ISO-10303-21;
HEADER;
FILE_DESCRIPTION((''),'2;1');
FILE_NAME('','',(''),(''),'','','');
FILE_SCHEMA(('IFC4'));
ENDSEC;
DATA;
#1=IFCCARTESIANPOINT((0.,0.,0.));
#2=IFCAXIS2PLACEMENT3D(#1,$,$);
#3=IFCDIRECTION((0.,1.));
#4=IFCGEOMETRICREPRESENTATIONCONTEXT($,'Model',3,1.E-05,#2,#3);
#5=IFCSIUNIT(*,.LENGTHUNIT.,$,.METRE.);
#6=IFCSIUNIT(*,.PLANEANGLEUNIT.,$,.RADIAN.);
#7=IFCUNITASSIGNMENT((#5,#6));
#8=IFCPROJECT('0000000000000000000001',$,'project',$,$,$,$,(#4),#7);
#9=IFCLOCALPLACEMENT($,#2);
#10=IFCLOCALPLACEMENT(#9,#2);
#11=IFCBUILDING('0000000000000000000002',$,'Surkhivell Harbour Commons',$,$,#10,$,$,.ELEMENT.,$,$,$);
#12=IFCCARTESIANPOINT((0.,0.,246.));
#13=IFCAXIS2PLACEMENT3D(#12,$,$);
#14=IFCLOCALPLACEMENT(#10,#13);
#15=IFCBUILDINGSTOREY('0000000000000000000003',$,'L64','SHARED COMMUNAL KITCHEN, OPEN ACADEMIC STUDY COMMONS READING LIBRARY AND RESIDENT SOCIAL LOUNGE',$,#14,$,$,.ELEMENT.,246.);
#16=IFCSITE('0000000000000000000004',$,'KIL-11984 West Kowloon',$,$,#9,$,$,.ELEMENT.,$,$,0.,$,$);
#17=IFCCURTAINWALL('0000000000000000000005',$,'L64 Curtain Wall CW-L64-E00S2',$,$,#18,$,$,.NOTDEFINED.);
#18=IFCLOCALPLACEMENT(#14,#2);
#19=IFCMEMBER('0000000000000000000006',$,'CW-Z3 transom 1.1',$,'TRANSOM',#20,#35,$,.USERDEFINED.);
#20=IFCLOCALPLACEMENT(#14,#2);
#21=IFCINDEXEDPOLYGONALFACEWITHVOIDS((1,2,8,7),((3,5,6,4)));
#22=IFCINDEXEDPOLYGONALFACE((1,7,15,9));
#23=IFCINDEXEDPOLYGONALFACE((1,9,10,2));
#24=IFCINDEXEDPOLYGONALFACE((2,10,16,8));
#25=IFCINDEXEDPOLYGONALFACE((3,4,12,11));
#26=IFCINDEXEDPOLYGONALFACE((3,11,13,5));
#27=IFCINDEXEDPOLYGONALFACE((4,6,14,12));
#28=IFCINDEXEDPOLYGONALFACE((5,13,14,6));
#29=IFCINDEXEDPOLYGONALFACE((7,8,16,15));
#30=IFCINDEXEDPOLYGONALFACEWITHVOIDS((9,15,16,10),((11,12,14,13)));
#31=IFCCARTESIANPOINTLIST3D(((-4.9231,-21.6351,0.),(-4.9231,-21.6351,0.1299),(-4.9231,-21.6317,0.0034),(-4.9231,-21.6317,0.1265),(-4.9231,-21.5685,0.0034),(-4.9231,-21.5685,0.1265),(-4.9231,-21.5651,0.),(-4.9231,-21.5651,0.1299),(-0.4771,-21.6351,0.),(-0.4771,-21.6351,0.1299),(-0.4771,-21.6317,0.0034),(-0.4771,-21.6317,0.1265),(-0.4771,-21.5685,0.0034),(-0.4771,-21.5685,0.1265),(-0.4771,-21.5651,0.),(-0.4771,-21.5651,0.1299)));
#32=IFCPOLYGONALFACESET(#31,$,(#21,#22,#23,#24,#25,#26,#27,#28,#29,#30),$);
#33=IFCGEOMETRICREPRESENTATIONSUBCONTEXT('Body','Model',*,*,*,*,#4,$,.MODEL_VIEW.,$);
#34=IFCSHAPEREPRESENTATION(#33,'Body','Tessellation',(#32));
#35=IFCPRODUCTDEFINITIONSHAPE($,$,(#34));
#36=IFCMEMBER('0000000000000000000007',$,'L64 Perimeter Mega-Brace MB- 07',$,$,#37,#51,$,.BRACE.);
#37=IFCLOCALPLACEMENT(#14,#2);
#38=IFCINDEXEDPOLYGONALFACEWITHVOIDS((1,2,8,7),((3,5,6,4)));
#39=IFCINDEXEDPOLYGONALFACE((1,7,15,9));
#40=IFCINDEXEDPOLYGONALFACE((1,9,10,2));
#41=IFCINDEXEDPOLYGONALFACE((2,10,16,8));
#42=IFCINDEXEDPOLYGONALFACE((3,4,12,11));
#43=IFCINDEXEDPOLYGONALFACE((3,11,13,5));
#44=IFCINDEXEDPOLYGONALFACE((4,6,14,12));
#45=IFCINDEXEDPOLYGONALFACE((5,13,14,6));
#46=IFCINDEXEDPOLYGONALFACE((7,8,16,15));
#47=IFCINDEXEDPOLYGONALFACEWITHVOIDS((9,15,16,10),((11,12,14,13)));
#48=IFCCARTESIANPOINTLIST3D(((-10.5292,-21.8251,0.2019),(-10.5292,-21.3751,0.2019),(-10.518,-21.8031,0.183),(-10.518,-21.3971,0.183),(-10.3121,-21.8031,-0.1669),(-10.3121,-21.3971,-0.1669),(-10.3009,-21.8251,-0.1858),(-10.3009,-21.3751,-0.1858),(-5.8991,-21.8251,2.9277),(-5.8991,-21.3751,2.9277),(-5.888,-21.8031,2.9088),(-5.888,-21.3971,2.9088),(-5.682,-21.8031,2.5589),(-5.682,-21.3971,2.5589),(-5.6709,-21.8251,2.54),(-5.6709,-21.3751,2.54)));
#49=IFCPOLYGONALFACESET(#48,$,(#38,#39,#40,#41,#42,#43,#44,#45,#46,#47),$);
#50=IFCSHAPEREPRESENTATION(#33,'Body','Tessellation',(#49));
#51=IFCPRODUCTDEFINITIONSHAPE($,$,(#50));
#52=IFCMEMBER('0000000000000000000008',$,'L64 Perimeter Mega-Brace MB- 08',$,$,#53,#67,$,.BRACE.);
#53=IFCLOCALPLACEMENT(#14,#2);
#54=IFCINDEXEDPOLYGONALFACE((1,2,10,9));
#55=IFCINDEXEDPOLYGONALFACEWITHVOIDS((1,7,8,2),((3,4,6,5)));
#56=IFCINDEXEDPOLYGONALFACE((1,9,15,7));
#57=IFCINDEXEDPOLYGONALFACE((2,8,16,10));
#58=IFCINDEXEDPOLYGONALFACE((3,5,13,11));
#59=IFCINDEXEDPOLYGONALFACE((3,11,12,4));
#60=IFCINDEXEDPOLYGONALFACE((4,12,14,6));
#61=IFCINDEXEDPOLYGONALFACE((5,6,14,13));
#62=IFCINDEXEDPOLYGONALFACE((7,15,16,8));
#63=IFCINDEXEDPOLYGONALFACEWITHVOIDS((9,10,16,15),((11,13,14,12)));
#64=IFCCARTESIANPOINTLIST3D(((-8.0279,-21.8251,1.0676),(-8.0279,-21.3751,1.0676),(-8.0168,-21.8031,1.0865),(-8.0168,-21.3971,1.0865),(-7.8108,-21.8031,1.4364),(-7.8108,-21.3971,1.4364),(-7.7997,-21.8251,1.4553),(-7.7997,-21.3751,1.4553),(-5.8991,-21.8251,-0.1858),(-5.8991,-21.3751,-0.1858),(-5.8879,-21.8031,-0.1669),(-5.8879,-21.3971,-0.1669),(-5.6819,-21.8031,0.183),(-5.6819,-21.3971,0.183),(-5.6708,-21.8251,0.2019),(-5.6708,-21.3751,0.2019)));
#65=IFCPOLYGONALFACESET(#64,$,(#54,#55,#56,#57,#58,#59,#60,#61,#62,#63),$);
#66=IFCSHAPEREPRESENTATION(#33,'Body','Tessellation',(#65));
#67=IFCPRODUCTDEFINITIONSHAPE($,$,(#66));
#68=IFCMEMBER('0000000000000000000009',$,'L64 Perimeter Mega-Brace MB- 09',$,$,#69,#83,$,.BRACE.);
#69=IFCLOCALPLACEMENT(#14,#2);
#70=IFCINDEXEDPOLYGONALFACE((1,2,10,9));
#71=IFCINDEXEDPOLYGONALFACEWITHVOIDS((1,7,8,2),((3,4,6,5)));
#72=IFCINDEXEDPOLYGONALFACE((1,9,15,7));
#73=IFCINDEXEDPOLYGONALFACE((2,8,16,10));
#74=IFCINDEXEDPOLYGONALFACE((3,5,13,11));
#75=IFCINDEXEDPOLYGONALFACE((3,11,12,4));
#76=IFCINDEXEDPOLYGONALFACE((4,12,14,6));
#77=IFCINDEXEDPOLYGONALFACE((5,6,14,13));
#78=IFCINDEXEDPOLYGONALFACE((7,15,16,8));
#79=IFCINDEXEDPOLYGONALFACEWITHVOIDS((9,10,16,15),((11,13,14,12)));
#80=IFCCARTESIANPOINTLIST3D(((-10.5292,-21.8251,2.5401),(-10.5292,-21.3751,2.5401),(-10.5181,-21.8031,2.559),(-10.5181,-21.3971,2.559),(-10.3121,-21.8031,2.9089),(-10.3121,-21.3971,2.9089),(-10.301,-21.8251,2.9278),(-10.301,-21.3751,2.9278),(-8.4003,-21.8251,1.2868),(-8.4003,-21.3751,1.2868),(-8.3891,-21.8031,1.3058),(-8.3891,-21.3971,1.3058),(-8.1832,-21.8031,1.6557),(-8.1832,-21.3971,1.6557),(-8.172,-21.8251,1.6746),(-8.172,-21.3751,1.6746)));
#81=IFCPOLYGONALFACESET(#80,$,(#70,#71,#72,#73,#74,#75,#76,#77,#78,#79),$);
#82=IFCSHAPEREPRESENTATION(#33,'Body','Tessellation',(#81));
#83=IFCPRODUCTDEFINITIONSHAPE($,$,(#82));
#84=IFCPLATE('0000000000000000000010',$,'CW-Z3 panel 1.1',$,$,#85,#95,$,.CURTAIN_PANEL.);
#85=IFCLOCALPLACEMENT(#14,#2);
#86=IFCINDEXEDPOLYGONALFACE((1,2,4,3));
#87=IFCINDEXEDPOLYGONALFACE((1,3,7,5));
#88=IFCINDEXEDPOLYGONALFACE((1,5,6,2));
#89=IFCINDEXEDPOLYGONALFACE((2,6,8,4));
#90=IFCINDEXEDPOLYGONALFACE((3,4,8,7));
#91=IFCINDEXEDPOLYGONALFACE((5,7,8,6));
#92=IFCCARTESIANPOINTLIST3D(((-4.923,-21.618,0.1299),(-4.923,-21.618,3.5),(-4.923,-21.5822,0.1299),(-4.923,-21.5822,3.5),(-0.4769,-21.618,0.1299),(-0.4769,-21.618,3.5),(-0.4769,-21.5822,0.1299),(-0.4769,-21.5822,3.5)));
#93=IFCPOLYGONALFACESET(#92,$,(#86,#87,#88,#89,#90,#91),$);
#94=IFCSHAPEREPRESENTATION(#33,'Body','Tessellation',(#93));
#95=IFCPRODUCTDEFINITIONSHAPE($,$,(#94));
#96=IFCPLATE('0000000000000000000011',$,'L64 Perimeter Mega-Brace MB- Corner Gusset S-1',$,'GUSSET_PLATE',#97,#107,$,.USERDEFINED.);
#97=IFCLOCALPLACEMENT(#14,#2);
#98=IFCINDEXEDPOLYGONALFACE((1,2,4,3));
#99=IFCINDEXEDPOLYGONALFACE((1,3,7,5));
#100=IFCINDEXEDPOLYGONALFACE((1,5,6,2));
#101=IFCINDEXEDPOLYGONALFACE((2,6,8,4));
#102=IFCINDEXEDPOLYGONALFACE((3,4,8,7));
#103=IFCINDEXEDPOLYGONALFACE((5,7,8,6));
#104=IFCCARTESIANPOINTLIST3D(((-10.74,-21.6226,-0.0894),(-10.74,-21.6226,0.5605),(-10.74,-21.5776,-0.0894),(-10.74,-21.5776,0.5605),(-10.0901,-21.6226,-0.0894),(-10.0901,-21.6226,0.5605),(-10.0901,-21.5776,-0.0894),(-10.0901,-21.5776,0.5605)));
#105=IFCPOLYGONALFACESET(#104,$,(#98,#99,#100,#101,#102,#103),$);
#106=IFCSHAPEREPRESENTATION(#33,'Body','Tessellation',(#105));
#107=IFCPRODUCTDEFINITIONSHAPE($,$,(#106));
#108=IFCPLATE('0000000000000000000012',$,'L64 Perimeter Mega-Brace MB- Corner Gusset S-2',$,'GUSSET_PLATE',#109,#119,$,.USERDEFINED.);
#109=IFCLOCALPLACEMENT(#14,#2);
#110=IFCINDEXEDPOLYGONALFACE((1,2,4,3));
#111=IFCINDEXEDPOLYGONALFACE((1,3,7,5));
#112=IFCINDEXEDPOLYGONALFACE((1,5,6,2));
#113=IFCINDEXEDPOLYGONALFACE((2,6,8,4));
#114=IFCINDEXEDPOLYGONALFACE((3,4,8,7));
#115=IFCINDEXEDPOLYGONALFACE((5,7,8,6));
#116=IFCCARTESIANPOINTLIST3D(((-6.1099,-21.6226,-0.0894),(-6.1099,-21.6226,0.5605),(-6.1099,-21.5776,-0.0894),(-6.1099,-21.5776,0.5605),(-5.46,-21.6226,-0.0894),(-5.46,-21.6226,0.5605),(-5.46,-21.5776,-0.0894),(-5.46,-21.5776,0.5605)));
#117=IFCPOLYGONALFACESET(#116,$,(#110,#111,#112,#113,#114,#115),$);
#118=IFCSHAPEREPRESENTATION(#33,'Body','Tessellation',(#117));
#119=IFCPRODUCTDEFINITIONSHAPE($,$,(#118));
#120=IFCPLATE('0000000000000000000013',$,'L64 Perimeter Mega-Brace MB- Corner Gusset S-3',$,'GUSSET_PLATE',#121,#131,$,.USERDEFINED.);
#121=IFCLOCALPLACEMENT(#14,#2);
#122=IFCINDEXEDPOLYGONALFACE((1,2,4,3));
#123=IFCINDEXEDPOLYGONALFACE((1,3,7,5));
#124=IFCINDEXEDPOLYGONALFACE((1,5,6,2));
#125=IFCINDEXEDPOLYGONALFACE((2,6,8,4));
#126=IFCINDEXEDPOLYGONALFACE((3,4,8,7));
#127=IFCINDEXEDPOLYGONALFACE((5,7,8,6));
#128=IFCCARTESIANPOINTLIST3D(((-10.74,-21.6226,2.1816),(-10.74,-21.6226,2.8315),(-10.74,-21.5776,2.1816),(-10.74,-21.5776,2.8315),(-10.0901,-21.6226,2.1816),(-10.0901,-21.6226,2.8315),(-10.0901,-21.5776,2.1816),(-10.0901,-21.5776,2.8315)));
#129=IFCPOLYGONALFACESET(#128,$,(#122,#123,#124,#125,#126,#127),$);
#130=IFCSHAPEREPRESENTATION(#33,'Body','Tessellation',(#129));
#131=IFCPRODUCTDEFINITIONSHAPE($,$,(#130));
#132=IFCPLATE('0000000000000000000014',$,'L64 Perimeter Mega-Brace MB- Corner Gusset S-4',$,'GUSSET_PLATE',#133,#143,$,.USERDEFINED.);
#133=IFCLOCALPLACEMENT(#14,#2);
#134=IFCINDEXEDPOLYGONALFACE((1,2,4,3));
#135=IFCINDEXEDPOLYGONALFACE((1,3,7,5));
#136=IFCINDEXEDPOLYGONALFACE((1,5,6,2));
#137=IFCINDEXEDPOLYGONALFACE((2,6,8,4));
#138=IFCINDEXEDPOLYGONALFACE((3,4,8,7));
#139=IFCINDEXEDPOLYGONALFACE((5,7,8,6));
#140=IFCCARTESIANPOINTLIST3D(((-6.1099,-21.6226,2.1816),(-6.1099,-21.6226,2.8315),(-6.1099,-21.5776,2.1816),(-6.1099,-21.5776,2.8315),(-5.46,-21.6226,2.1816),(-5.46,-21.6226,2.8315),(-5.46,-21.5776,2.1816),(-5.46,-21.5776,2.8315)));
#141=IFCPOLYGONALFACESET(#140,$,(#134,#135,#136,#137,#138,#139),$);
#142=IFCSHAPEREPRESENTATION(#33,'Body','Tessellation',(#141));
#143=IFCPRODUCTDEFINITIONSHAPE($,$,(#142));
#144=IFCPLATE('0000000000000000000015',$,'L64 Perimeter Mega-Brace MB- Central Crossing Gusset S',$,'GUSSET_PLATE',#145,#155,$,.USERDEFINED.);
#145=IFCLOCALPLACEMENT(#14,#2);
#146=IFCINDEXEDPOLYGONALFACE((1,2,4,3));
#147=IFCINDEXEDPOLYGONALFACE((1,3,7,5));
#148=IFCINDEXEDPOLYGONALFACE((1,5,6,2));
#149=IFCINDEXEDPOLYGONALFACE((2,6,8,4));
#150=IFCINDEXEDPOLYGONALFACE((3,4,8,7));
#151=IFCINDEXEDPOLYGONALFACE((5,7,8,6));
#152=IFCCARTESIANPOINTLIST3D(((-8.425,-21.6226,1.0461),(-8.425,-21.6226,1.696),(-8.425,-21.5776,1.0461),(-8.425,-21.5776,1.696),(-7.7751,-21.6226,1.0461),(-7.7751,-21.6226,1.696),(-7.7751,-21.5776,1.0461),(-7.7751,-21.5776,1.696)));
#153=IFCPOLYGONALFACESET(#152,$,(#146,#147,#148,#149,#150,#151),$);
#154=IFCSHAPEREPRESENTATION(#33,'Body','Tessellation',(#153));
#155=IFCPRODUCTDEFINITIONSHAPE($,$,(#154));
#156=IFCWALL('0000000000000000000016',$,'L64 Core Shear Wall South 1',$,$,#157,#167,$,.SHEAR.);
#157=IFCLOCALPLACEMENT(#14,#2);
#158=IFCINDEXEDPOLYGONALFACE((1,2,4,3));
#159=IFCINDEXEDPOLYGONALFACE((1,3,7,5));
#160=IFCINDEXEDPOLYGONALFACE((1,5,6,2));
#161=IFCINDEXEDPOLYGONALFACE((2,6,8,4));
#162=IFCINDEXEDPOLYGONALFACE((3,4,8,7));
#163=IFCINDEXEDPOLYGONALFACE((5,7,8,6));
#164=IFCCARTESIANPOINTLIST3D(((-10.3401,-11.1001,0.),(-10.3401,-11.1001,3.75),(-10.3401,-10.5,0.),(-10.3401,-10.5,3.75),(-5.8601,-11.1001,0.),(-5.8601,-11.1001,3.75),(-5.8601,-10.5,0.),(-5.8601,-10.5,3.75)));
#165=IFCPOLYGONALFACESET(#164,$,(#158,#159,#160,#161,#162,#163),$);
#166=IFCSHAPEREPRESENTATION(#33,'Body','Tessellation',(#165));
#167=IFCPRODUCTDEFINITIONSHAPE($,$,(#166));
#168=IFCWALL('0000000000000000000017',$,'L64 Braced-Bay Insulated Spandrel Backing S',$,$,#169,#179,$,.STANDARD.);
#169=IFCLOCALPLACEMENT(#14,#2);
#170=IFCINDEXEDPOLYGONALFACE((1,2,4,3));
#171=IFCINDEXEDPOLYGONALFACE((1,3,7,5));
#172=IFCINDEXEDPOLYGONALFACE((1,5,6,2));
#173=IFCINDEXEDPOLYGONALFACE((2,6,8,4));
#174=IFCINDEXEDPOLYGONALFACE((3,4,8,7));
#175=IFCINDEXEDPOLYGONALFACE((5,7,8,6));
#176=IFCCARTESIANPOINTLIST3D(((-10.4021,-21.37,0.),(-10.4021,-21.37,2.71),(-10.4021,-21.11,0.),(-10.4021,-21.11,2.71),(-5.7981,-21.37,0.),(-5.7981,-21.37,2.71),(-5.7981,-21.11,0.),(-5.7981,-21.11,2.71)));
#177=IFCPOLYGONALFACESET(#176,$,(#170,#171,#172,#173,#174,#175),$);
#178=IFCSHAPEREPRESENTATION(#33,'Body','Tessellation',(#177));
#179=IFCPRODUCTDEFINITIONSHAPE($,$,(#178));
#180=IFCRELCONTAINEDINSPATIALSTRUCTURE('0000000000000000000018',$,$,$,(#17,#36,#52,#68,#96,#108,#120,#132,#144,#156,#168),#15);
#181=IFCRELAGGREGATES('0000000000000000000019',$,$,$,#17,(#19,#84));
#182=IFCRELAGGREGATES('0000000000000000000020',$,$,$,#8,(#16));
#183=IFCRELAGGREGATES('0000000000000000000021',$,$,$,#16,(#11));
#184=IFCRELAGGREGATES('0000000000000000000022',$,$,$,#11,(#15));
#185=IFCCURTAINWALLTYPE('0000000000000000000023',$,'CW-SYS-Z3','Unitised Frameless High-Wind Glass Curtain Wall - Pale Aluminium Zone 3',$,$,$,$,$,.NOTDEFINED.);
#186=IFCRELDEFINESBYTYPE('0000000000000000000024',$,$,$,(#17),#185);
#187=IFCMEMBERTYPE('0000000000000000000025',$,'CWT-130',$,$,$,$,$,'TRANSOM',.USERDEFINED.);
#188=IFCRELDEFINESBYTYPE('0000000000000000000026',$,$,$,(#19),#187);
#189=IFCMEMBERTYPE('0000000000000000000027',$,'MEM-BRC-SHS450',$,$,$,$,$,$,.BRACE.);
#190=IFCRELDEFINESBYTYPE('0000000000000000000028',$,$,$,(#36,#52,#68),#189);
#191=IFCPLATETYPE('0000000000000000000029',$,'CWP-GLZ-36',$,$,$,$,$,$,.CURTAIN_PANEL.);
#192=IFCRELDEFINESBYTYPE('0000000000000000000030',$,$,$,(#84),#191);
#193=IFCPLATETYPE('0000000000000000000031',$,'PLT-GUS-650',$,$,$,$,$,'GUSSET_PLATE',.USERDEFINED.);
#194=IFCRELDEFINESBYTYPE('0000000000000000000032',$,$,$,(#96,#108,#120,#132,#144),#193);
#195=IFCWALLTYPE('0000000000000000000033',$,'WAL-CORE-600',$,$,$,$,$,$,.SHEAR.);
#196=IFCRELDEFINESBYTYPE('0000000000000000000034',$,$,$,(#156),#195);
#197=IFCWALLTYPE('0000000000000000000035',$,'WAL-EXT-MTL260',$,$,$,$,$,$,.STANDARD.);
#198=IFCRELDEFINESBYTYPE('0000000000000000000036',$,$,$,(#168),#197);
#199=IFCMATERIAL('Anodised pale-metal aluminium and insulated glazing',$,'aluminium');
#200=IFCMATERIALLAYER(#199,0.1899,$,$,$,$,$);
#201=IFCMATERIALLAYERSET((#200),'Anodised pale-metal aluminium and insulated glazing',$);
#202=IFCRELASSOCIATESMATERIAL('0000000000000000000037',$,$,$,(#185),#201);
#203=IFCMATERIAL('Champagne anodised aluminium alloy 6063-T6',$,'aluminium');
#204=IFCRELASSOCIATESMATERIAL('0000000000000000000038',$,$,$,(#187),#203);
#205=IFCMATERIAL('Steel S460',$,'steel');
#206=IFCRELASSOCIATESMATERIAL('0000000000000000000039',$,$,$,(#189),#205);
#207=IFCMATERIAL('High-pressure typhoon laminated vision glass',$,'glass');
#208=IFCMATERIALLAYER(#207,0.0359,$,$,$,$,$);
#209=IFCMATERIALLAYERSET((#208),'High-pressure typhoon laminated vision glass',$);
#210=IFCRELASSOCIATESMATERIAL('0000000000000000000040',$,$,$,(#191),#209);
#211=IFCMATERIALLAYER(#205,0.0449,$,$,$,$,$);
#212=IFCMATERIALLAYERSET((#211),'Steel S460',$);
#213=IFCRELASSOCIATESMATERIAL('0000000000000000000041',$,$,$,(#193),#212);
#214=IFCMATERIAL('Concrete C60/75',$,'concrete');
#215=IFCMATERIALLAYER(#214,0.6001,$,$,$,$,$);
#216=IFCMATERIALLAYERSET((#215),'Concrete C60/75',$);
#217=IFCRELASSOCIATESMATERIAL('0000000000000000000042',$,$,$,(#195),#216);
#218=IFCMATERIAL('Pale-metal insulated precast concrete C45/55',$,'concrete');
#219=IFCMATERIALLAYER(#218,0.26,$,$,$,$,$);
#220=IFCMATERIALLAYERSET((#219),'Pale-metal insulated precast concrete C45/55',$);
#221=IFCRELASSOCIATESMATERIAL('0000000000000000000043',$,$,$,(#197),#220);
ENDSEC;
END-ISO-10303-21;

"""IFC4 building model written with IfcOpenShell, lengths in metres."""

from ifc_helpers import new_model, si_unit, direction, frame, frame_2d, origin, origin_2d, place, context, subcontext, project, spatial, rectangle, hollow_rectangle, extrude, material, layer, layer_set, material_profile, profile_set, type_object, element, aggregate, save


model = new_model("IFC4")

# Units and contexts
model_context = context("Model", 3, precision=1e-05, world=origin(), true_north=direction((0.0, 1.0)))
body_context = subcontext(model_context, "Body", "Model", "MODEL_VIEW")
ifc_project = project(units=[si_unit("LENGTHUNIT", "METRE"), si_unit("PLANEANGLEUNIT", "RADIAN")], contexts=[model_context])

# Site, building, storey
site_placement = place(None, origin())
site = spatial("IfcSite", under=ifc_project, at=site_placement, Name="KIL-11984 West Kowloon", CompositionType="ELEMENT", RefElevation=0.0)
building_placement = place(site_placement, origin())
building = spatial("IfcBuilding", under=site, at=building_placement, Name="Surkhivell Harbour Commons", CompositionType="ELEMENT")
storey_placement = place(building_placement, frame((0.0, 0.0, 246.0)))
storey = spatial("IfcBuildingStorey", under=building, at=storey_placement, Name="L64", Description="SHARED COMMUNAL KITCHEN, OPEN ACADEMIC STUDY COMMONS READING LIBRARY AND RESIDENT SOCIAL LOUNGE", CompositionType="ELEMENT", Elevation=246.0)

# Shared definitions
ifc_material_1 = material(Name="Concrete C60/75", Category="concrete")

# Shared definitions
ifc_material_2 = material(Name="Anodised pale-metal aluminium and insulated glazing", Category="aluminium")
ifc_layer_1 = layer(ifc_material_2, 0.1899)
ifc_layer_set_1 = layer_set([ifc_layer_1], Name="Anodised pale-metal aluminium and insulated glazing")
curtain_wall_type = type_object("IfcCurtainWallType", Name="CW-SYS-Z3", Description="Unitised Frameless High-Wind Glass Curtain Wall - Pale Aluminium Zone 3", PredefinedType="NOTDEFINED", material=ifc_layer_set_1)

# Curtain wall, member
curtain_wall_1_placement = place(storey_placement, origin())
curtain_wall_1 = element("IfcCurtainWall", 1, at=curtain_wall_1_placement, inside=storey, type_object=curtain_wall_type, Name="L64 Curtain Wall CW-L64-E00S2", PredefinedType="NOTDEFINED")
ifc_material_3 = material(Name="Champagne anodised aluminium alloy 6063-T6", Category="aluminium")
ifc_material_profile_1 = material_profile(ifc_material_3, hollow_rectangle(XDim=0.0701, YDim=0.1299, WallThickness=0.0034, at=origin_2d()), Name="ALU-TRAN-70x130")
ifc_profile_set_1 = profile_set([ifc_material_profile_1], Name="Champagne anodised aluminium alloy 6063-T6")
member_type_1 = type_object("IfcMemberType", Name="CWT-130", ElementType="TRANSOM", PredefinedType="USERDEFINED", material=ifc_profile_set_1)
member_1_placement = place(storey_placement, frame((-4.9231, -21.6001, 0.0649), z_axis=(1.0, 0.0, 0.0), x_axis=(0.0, 1.0, 0.0)))
member_1 = element("IfcMember", 2, at=member_1_placement, type_object=member_type_1, Name="CW-Z3 transom 1.1", ObjectType="TRANSOM", PredefinedType="USERDEFINED", context=body_context, shape_type="SweptSolid", body=[
    extrude(hollow_rectangle(XDim=0.0701, YDim=0.1299, WallThickness=0.0034, at=origin_2d()), origin(), (0.0, 0.0, 1.0), 4.446),
])

# Members
ifc_material_4 = material(Name="Steel S460", Category="steel")
ifc_material_profile_2 = material_profile(ifc_material_4, hollow_rectangle(XDim=0.45, YDim=0.45, WallThickness=0.022, at=origin_2d()), Name="SHS450x450x22")
ifc_profile_set_2 = profile_set([ifc_material_profile_2], Name="Steel S460")
member_type_2 = type_object("IfcMemberType", Name="MEM-BRC-SHS450", PredefinedType="BRACE", material=ifc_profile_set_2)
member_2_placement = place(storey_placement, frame((-10.415, -21.6001, 0.0081), z_axis=(0.861753, 0.0, 0.507328), x_axis=(0.0, 1.0, 0.0)))
element("IfcMember", 3, at=member_2_placement, inside=storey, type_object=member_type_2, Name="L64 Perimeter Mega-Brace MB- 07", PredefinedType="BRACE", context=body_context, shape_type="SweptSolid", body=[
    extrude(hollow_rectangle(XDim=0.45, YDim=0.45, WallThickness=0.022, at=origin_2d()), origin(), (0.0, 0.0, 1.0), 5.3728),
])
for number, where, z_axis, x_axis, name in (
    (4, (-5.7849, -21.6001, 0.0081), (-0.861736, 0.0, 0.507357), (0.0, -1.0, 0.0), "L64 Perimeter Mega-Brace MB- 08"),
    (5, (-8.2861, -21.6001, 1.4807), (-0.861779, 0.0, 0.507284), (0.0, -1.0, 0.0), "L64 Perimeter Mega-Brace MB- 09"),
):
    element("IfcMember", number, at=place(storey_placement, frame(where, z_axis=z_axis, x_axis=x_axis)), inside=storey, type_object=member_type_2, Name=name, PredefinedType="BRACE", context=body_context, shape_type="SweptSolid", body=[
        extrude(hollow_rectangle(XDim=0.45, YDim=0.45, WallThickness=0.022, at=origin_2d()), origin(), (0.0, 0.0, 1.0), 2.4705),
    ])

# Plate
ifc_material_5 = material(Name="High-pressure typhoon laminated vision glass", Category="glass")
ifc_layer_2 = layer(ifc_material_5, 0.0359)
ifc_layer_set_2 = layer_set([ifc_layer_2], Name="High-pressure typhoon laminated vision glass")
plate_type_1 = type_object("IfcPlateType", Name="CWP-GLZ-36", PredefinedType="CURTAIN_PANEL", material=ifc_layer_set_2)
plate_placement = place(storey_placement, frame((-4.9231, -21.6001, 0.1299), z_axis=(0.0, 0.0, 1.0), x_axis=(1.0, 0.0, 0.0)))
plate = element("IfcPlate", 6, at=plate_placement, type_object=plate_type_1, Name="CW-Z3 panel 1.1", PredefinedType="CURTAIN_PANEL", context=body_context, shape_type="SweptSolid", body=[
    extrude(rectangle(XDim=4.446, YDim=0.0359, at=frame_2d((2.2231, 0.0))), origin(), (0.0, 0.0, 1.0), 3.3701),
])
aggregate(curtain_wall_1, [member_1, plate])

# Plates
ifc_layer_3 = layer(ifc_material_4, 0.0449)
ifc_layer_set_3 = layer_set([ifc_layer_3], Name="Steel S460")
plate_type_2 = type_object("IfcPlateType", Name="PLT-GUS-650", ElementType="GUSSET_PLATE", PredefinedType="USERDEFINED", material=ifc_layer_set_3)
for number, where, z_axis, x_axis, name in (
    (7, (-10.415, -21.6001, -0.0894), (0.0, 0.0, 1.0), (1.0, 0.0, 0.0), "L64 Perimeter Mega-Brace MB- Corner Gusset S-1"),
    (8, (-5.7849, -21.6001, -0.0894), (0.0, 0.0, 1.0), (1.0, 0.0, 0.0), "L64 Perimeter Mega-Brace MB- Corner Gusset S-2"),
    (9, (-10.415, -21.6001, 2.1816), (0.0, 0.0, 1.0), (1.0, 0.0, 0.0), "L64 Perimeter Mega-Brace MB- Corner Gusset S-3"),
    (10, (-5.7849, -21.6001, 2.1816), (0.0, 0.0, 1.0), (1.0, 0.0, 0.0), "L64 Perimeter Mega-Brace MB- Corner Gusset S-4"),
    (11, (-8.1001, -21.6001, 1.0461), (0.0, 0.0, 1.0), (1.0, 0.0, 0.0), "L64 Perimeter Mega-Brace MB- Central Crossing Gusset S"),
):
    element("IfcPlate", number, at=place(storey_placement, frame(where, z_axis=z_axis, x_axis=x_axis)), inside=storey, type_object=plate_type_2, Name=name, ObjectType="GUSSET_PLATE", PredefinedType="USERDEFINED", context=body_context, shape_type="SweptSolid", body=[
        extrude(rectangle(XDim=0.6499, YDim=0.0449, at=origin_2d()), origin(), (0.0, 0.0, 1.0), 0.6499),
    ])

# Walls
ifc_layer_4 = layer(ifc_material_1, 0.6001)
ifc_layer_set_4 = layer_set([ifc_layer_4], Name="Concrete C60/75")
wall_type_1 = type_object("IfcWallType", Name="WAL-CORE-600", PredefinedType="SHEAR", material=ifc_layer_set_4)
wall_1_placement = place(storey_placement, frame((-10.3401, -10.8, 0.0), z_axis=(0.0, 0.0, 1.0), x_axis=(1.0, 0.0, 0.0)))
element("IfcWall", 12, at=wall_1_placement, inside=storey, type_object=wall_type_1, Name="L64 Core Shear Wall South 1", PredefinedType="SHEAR", context=body_context, shape_type="SweptSolid", body=[
    extrude(rectangle(XDim=4.48, YDim=0.6001, at=frame_2d((2.24, 0.0))), origin(), (0.0, 0.0, 1.0), 3.75),
])
ifc_material_6 = material(Name="Pale-metal insulated precast concrete C45/55", Category="concrete")
ifc_layer_5 = layer(ifc_material_6, 0.26)
ifc_layer_set_5 = layer_set([ifc_layer_5], Name="Pale-metal insulated precast concrete C45/55")
wall_type_2 = type_object("IfcWallType", Name="WAL-EXT-MTL260", PredefinedType="STANDARD", material=ifc_layer_set_5)
wall_2_placement = place(storey_placement, frame((-10.4021, -21.24, 0.0), z_axis=(0.0, 0.0, 1.0), x_axis=(1.0, 0.0, 0.0)))
element("IfcWall", 13, at=wall_2_placement, inside=storey, type_object=wall_type_2, Name="L64 Braced-Bay Insulated Spandrel Backing S", PredefinedType="STANDARD", context=body_context, shape_type="SweptSolid", body=[
    extrude(rectangle(XDim=4.604, YDim=0.26, at=frame_2d((2.302, 0.0))), origin(), (0.0, 0.0, 1.0), 2.71),
])

save(model, "model.ifc")
